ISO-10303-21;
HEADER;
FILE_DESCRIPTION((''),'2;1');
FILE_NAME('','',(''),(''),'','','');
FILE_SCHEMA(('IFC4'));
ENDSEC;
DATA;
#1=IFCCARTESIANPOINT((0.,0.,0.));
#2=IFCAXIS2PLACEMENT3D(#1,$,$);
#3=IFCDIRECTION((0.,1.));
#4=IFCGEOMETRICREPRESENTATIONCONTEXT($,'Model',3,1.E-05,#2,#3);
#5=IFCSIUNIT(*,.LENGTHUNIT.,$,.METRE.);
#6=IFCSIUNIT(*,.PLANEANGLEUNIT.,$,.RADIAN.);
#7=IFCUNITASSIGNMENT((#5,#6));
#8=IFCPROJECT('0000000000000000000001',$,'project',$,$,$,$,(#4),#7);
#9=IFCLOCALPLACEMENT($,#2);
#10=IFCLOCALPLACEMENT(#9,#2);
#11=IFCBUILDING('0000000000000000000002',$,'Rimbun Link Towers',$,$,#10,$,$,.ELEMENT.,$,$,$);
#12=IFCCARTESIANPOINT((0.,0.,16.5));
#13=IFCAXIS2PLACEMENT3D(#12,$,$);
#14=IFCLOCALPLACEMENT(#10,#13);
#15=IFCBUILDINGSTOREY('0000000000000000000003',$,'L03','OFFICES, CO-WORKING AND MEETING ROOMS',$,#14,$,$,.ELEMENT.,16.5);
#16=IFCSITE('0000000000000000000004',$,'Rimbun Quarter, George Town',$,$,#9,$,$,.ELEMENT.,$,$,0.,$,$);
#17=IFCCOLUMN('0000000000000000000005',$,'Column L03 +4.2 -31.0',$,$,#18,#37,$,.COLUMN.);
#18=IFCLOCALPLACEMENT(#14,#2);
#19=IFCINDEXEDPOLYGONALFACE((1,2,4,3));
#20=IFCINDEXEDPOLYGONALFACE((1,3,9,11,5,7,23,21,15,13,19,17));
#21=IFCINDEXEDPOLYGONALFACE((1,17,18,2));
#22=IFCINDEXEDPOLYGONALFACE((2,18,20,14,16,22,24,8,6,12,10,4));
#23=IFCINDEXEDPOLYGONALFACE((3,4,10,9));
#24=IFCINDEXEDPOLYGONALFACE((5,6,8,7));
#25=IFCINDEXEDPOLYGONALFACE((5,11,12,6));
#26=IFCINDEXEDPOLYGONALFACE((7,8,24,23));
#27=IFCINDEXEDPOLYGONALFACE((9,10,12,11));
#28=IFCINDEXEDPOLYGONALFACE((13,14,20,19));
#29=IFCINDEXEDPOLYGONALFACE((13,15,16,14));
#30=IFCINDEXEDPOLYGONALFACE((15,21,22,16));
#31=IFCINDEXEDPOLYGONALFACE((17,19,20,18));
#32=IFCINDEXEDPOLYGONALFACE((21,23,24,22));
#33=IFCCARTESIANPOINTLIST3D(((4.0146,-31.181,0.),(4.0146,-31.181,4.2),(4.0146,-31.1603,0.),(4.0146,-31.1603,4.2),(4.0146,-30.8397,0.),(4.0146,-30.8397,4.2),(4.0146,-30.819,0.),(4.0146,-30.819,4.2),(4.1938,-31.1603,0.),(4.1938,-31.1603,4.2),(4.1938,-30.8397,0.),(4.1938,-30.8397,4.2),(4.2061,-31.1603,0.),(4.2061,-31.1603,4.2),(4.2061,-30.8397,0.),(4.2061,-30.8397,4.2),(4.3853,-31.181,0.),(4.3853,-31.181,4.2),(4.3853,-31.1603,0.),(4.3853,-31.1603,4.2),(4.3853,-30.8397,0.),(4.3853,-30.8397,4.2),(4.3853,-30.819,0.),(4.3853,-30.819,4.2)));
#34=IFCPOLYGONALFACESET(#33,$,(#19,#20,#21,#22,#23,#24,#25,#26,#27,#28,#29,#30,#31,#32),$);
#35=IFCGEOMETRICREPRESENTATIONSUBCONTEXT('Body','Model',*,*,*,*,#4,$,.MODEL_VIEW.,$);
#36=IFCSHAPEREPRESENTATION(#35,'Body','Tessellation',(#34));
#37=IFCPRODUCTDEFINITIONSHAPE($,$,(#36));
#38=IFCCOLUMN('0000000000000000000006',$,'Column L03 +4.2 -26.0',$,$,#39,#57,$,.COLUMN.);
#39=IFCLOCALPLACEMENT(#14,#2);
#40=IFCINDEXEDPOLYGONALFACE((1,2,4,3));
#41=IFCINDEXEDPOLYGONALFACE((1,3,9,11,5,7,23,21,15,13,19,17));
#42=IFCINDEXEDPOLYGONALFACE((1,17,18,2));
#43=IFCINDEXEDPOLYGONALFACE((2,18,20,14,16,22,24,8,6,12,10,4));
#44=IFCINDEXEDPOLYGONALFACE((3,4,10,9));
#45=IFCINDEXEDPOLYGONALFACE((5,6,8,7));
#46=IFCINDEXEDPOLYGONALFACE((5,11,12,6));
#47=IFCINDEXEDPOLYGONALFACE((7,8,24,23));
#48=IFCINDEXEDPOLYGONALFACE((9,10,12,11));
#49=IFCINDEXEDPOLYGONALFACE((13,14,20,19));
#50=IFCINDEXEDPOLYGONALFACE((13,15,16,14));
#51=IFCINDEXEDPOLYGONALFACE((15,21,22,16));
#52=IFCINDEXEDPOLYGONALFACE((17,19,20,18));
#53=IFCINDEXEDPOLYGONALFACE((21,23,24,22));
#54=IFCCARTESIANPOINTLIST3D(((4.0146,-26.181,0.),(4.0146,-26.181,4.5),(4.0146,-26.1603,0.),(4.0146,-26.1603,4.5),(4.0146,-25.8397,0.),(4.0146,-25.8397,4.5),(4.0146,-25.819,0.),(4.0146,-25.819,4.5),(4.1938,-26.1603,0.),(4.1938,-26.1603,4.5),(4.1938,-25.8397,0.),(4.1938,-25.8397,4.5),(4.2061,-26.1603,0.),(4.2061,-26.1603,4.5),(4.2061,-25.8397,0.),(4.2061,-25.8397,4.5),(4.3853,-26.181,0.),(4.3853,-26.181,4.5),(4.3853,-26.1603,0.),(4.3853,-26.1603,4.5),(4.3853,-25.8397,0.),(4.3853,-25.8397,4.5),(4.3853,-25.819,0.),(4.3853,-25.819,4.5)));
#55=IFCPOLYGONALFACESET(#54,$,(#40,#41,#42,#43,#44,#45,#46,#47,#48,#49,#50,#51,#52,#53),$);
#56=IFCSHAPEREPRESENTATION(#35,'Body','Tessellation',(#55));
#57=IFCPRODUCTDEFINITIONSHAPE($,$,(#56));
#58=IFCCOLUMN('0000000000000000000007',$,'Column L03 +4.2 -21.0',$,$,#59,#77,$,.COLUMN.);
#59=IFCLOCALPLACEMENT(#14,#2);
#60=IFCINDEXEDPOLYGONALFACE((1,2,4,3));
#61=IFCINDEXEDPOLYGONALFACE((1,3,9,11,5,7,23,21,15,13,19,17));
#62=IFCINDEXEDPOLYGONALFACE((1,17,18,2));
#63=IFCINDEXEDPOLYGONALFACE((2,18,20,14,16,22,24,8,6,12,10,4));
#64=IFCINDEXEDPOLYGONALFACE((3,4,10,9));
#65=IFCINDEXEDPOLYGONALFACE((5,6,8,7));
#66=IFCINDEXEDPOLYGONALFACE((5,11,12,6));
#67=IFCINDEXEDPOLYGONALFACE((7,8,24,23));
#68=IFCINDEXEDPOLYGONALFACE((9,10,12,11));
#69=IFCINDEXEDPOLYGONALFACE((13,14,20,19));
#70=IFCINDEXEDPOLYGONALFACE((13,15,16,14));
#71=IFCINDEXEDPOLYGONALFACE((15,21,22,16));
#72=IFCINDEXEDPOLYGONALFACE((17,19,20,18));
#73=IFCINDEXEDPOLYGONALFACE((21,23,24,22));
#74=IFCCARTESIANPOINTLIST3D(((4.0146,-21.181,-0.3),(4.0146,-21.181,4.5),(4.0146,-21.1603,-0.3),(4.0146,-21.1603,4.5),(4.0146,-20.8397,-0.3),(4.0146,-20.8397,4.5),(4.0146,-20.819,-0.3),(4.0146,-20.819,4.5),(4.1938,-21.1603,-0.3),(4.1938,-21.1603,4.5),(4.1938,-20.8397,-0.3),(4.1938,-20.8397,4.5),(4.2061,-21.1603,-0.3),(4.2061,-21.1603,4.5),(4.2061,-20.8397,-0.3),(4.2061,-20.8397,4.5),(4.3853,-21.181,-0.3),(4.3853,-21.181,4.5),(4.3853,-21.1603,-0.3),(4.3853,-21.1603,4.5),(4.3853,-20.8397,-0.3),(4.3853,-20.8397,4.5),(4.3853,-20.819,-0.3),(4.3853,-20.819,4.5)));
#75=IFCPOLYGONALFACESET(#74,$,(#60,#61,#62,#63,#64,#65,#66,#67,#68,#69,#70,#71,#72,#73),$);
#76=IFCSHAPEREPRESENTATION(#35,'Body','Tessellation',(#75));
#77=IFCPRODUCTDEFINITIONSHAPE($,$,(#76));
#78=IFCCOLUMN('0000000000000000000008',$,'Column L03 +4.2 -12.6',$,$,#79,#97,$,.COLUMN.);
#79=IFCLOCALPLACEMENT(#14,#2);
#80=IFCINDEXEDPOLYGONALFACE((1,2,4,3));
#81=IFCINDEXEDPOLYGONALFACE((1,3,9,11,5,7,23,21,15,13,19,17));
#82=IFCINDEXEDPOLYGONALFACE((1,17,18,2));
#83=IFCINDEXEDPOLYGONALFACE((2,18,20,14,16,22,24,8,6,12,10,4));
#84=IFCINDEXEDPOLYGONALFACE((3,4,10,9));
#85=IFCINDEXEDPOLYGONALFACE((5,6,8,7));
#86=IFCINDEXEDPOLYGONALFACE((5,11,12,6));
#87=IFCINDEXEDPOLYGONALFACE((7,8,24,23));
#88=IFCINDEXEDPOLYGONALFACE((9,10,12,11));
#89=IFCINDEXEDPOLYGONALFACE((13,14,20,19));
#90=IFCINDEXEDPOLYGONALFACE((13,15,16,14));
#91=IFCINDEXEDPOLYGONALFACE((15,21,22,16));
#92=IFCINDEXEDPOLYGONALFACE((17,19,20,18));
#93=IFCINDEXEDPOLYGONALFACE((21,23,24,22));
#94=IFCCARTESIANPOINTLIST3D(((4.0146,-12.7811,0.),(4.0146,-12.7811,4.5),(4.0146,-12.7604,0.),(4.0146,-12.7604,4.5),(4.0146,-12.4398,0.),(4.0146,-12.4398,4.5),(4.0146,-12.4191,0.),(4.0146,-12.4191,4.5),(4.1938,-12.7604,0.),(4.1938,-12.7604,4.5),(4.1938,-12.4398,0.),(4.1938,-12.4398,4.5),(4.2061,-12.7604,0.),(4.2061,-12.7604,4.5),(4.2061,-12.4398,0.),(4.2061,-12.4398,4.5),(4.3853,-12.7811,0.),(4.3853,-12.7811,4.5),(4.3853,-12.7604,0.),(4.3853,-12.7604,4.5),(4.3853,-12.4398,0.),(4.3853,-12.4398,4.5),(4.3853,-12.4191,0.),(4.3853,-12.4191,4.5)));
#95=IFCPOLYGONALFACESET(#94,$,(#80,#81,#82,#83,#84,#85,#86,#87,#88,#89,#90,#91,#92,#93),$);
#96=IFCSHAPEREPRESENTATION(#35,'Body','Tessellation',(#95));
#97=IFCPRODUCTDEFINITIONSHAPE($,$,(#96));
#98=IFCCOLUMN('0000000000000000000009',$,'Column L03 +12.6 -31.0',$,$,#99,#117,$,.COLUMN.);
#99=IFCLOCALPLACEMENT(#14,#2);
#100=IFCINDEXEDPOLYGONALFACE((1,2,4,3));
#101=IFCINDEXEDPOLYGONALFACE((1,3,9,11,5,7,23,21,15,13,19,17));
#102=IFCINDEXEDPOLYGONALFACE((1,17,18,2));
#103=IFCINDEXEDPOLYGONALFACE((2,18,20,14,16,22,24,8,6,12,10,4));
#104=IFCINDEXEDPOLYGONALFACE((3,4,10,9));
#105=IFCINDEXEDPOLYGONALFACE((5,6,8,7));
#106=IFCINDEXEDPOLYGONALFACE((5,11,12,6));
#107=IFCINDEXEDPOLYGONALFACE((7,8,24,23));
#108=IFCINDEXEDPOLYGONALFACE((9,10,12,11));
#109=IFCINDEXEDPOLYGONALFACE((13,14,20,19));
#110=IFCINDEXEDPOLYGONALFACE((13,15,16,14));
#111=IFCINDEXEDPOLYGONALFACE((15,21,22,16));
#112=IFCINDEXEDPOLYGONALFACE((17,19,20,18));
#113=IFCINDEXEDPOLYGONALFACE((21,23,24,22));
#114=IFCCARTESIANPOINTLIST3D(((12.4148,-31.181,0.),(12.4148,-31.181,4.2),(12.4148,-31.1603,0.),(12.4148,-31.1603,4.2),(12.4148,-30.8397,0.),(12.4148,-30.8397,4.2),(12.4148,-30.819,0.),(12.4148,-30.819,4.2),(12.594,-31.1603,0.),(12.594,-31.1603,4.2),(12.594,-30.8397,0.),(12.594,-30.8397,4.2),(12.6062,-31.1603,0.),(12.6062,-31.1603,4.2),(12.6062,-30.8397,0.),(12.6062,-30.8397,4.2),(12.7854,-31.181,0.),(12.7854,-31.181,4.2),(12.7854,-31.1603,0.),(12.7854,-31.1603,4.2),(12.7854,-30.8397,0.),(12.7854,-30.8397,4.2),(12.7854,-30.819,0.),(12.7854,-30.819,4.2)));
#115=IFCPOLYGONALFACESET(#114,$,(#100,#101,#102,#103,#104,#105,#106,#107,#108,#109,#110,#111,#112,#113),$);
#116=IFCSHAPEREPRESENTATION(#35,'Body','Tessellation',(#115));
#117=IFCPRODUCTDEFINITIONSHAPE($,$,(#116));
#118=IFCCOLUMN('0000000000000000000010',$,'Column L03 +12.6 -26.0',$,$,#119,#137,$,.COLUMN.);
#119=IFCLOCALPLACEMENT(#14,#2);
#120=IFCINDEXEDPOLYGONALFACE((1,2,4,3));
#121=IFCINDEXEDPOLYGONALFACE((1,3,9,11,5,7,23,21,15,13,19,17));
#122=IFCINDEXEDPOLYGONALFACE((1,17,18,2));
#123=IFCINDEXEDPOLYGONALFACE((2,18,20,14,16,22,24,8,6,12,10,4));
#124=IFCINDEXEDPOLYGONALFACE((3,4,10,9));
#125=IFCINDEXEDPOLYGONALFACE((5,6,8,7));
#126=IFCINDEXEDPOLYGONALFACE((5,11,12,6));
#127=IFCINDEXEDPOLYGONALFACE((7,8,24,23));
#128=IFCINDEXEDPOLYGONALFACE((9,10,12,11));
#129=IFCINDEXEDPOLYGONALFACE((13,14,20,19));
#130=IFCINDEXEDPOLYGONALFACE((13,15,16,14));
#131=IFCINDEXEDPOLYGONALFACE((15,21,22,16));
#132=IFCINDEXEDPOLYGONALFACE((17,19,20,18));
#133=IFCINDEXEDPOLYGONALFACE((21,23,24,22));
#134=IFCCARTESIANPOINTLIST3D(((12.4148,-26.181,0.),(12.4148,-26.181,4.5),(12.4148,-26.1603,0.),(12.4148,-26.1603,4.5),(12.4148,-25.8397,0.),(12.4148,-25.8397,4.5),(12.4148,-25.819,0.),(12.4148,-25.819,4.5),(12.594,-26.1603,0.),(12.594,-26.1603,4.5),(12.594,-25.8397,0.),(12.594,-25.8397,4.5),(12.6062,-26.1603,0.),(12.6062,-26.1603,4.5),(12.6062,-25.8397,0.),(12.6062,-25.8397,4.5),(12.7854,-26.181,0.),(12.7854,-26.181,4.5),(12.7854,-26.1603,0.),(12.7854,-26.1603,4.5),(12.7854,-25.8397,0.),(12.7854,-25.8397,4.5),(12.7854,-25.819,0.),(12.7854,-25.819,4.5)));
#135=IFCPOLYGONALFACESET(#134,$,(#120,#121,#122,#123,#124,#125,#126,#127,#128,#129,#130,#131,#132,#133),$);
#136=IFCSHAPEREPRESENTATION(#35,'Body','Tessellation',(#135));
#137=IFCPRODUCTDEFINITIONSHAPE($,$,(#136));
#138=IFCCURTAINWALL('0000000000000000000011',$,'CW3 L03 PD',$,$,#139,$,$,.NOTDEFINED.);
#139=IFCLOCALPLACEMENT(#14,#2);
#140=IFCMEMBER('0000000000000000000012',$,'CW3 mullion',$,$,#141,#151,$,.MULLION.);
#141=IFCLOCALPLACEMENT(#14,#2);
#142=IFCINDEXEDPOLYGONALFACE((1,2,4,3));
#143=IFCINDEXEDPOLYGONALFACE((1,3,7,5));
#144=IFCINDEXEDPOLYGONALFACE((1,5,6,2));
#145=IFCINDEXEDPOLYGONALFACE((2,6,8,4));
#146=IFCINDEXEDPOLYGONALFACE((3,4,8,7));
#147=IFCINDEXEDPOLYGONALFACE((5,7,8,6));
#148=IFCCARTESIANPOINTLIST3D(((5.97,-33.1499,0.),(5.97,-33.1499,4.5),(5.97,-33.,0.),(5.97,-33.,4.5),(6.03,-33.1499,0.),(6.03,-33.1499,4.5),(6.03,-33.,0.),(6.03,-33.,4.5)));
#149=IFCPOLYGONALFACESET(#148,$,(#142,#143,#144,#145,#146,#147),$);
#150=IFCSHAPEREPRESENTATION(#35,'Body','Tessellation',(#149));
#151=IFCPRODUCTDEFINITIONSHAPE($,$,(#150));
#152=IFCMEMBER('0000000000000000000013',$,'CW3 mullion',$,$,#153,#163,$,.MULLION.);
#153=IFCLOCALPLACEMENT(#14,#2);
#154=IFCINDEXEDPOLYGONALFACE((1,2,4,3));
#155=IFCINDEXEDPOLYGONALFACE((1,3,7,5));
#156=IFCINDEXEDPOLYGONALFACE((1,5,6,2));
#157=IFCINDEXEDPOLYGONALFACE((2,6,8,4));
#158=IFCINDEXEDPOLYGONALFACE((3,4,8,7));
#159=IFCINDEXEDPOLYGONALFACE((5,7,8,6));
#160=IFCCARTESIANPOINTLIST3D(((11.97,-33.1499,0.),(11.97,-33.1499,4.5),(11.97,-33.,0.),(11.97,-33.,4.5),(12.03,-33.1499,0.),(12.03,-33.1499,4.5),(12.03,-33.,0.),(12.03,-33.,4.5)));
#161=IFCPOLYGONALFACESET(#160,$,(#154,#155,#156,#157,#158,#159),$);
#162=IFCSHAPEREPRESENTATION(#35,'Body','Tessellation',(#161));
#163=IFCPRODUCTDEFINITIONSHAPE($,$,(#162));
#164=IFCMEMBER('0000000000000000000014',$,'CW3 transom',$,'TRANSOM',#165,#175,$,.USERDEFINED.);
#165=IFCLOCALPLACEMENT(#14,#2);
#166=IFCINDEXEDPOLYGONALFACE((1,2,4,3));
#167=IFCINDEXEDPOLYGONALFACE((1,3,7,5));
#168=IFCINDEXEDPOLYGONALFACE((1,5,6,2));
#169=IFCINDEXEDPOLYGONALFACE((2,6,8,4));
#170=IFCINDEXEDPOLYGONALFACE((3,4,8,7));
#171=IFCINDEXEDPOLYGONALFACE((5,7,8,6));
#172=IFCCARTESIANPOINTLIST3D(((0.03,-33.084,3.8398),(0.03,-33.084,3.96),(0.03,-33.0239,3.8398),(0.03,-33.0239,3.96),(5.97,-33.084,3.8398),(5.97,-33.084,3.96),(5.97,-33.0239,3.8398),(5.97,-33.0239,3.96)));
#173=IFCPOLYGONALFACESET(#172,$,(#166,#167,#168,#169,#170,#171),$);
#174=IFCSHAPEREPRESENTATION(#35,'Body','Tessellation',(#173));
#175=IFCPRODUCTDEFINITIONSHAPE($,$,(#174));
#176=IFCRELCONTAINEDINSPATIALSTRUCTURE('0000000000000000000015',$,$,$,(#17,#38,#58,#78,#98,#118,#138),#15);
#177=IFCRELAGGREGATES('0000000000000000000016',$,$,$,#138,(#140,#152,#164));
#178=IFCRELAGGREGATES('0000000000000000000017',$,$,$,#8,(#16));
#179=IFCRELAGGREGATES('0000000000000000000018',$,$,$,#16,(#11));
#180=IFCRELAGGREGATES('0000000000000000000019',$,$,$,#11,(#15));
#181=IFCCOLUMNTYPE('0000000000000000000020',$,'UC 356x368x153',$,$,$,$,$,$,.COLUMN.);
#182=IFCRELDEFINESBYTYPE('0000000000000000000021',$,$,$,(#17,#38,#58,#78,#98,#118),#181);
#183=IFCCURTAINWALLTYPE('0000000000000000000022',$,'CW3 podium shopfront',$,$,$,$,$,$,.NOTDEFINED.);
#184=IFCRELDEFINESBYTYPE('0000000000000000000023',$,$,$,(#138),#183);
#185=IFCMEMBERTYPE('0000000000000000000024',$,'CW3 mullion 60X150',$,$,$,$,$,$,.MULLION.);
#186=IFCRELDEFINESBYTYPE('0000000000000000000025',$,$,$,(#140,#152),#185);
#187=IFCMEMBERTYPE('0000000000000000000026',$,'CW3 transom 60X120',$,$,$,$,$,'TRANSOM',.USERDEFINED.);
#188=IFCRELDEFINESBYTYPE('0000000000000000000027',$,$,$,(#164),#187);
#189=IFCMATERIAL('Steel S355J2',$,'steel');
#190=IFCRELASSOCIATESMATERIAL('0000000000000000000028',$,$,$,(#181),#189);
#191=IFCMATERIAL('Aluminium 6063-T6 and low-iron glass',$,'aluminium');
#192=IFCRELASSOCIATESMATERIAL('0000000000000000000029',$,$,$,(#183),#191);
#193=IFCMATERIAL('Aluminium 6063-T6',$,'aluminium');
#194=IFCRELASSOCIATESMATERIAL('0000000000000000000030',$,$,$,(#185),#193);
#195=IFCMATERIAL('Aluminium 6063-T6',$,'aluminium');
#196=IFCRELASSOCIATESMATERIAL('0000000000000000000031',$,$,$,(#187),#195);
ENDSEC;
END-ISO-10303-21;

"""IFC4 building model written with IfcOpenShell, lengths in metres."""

from ifc_helpers import new_model, si_unit, direction, frame, origin, origin_2d, place, context, subcontext, project, spatial, rectangle, i_section, extrude, material, material_profile, profile_set, type_object, element, aggregate, save


model = new_model("IFC4")

# Units and contexts
model_context = context("Model", 3, precision=1e-05, world=origin(), true_north=direction((0.0, 1.0)))
body_context = subcontext(model_context, "Body", "Model", "MODEL_VIEW")
ifc_project = project(units=[si_unit("LENGTHUNIT", "METRE"), si_unit("PLANEANGLEUNIT", "RADIAN")], contexts=[model_context])

# Site, building, storey
site_placement = place(None, origin())
site = spatial("IfcSite", under=ifc_project, at=site_placement, Name="Rimbun Quarter, George Town", CompositionType="ELEMENT", RefElevation=0.0)
building_placement = place(site_placement, origin())
building = spatial("IfcBuilding", under=site, at=building_placement, Name="Rimbun Link Towers", CompositionType="ELEMENT")
storey_placement = place(building_placement, frame((0.0, 0.0, 16.5)))
storey = spatial("IfcBuildingStorey", under=building, at=storey_placement, Name="L03", Description="OFFICES, CO-WORKING AND MEETING ROOMS", CompositionType="ELEMENT", Elevation=16.5)

# Columns
ifc_material_1 = material(Name="Steel S355J2", Category="steel")
ifc_material_profile_1 = material_profile(ifc_material_1, i_section(OverallWidth=0.3706, OverallDepth=0.3621, WebThickness=0.0122, FlangeThickness=0.0208, at=origin_2d()), Name="UC 356x368x153")
ifc_profile_set_1 = profile_set([ifc_material_profile_1], Name="Steel S355J2")
column_type = type_object("IfcColumnType", Name="UC 356x368x153", PredefinedType="COLUMN", material=ifc_profile_set_1)
column_1_placement = place(storey_placement, frame((4.2, -31.0, 0.0), z_axis=(0.0, 0.0, 1.0), x_axis=(1.0, 0.0, 0.0)))
element("IfcColumn", 1, at=column_1_placement, inside=storey, type_object=column_type, Name="Column L03 +4.2 -31.0", PredefinedType="COLUMN", context=body_context, shape_type="SweptSolid", body=[
    extrude(i_section(OverallWidth=0.3706, OverallDepth=0.3621, WebThickness=0.0122, FlangeThickness=0.0208, at=origin_2d()), origin(), (0.0, 0.0, 1.0), 4.2),
])
column_2_placement = place(storey_placement, frame((4.2, -26.0, 0.0), z_axis=(0.0, 0.0, 1.0), x_axis=(1.0, 0.0, 0.0)))
element("IfcColumn", 2, at=column_2_placement, inside=storey, type_object=column_type, Name="Column L03 +4.2 -26.0", PredefinedType="COLUMN", context=body_context, shape_type="SweptSolid", body=[
    extrude(i_section(OverallWidth=0.3706, OverallDepth=0.3621, WebThickness=0.0122, FlangeThickness=0.0208, at=origin_2d()), origin(), (0.0, 0.0, 1.0), 4.5),
])
column_3_placement = place(storey_placement, frame((4.2, -21.0, -0.3), z_axis=(0.0, 0.0, 1.0), x_axis=(1.0, 0.0, 0.0)))
element("IfcColumn", 3, at=column_3_placement, inside=storey, type_object=column_type, Name="Column L03 +4.2 -21.0", PredefinedType="COLUMN", context=body_context, shape_type="SweptSolid", body=[
    extrude(i_section(OverallWidth=0.3706, OverallDepth=0.3621, WebThickness=0.0122, FlangeThickness=0.0208, at=origin_2d()), origin(), (0.0, 0.0, 1.0), 4.8),
])
column_4_placement = place(storey_placement, frame((4.2, -12.6001, 0.0), z_axis=(0.0, 0.0, 1.0), x_axis=(1.0, 0.0, 0.0)))
element("IfcColumn", 4, at=column_4_placement, inside=storey, type_object=column_type, Name="Column L03 +4.2 -12.6", PredefinedType="COLUMN", context=body_context, shape_type="SweptSolid", body=[
    extrude(i_section(OverallWidth=0.3706, OverallDepth=0.3621, WebThickness=0.0122, FlangeThickness=0.0208, at=origin_2d()), origin(), (0.0, 0.0, 1.0), 4.5),
])
column_5_placement = place(storey_placement, frame((12.6001, -31.0, 0.0), z_axis=(0.0, 0.0, 1.0), x_axis=(1.0, 0.0, 0.0)))
element("IfcColumn", 5, at=column_5_placement, inside=storey, type_object=column_type, Name="Column L03 +12.6 -31.0", PredefinedType="COLUMN", context=body_context, shape_type="SweptSolid", body=[
    extrude(i_section(OverallWidth=0.3706, OverallDepth=0.3621, WebThickness=0.0122, FlangeThickness=0.0208, at=origin_2d()), origin(), (0.0, 0.0, 1.0), 4.2),
])
column_6_placement = place(storey_placement, frame((12.6001, -26.0, 0.0), z_axis=(0.0, 0.0, 1.0), x_axis=(1.0, 0.0, 0.0)))
element("IfcColumn", 6, at=column_6_placement, inside=storey, type_object=column_type, Name="Column L03 +12.6 -26.0", PredefinedType="COLUMN", context=body_context, shape_type="SweptSolid", body=[
    extrude(i_section(OverallWidth=0.3706, OverallDepth=0.3621, WebThickness=0.0122, FlangeThickness=0.0208, at=origin_2d()), origin(), (0.0, 0.0, 1.0), 4.5),
])

# Curtain wall, members
ifc_material_2 = material(Name="Aluminium 6063-T6 and low-iron glass", Category="aluminium")
curtain_wall_type = type_object("IfcCurtainWallType", Name="CW3 podium shopfront", PredefinedType="NOTDEFINED", material=ifc_material_2)
curtain_wall_placement = place(storey_placement, origin())
curtain_wall = element("IfcCurtainWall", 7, at=curtain_wall_placement, inside=storey, type_object=curtain_wall_type, Name="CW3 L03 PD", PredefinedType="NOTDEFINED")
ifc_material_3 = material(Name="Aluminium 6063-T6", Category="aluminium")
ifc_material_profile_2 = material_profile(ifc_material_3, rectangle(XDim=0.1499, YDim=0.0601, at=origin_2d()), Name="MULLION 60X150")
ifc_profile_set_2 = profile_set([ifc_material_profile_2], Name="Aluminium 6063-T6")
member_type_1 = type_object("IfcMemberType", Name="CW3 mullion 60X150", PredefinedType="MULLION", material=ifc_profile_set_2)
member_1_placement = place(storey_placement, frame((6.0, -33.075, 0.0), z_axis=(0.0, 0.0, 1.0), x_axis=(0.0, -1.0, 0.0)))
member_1 = element("IfcMember", 8, at=member_1_placement, type_object=member_type_1, Name="CW3 mullion", PredefinedType="MULLION", context=body_context, shape_type="SweptSolid", body=[
    extrude(rectangle(XDim=0.1499, YDim=0.0601, at=origin_2d()), origin(), (0.0, 0.0, 1.0), 4.5),
])
member_2_placement = place(storey_placement, frame((12.0, -33.075, 0.0), z_axis=(0.0, 0.0, 1.0), x_axis=(0.0, -1.0, 0.0)))
member_2 = element("IfcMember", 9, at=member_2_placement, type_object=member_type_1, Name="CW3 mullion", PredefinedType="MULLION", context=body_context, shape_type="SweptSolid", body=[
    extrude(rectangle(XDim=0.1499, YDim=0.0601, at=origin_2d()), origin(), (0.0, 0.0, 1.0), 4.5),
])
ifc_material_4 = material(Name="Aluminium 6063-T6", Category="aluminium")
ifc_material_profile_3 = material_profile(ifc_material_4, rectangle(XDim=0.0601, YDim=0.1201, at=origin_2d()), Name="TRANSOM 60X120")
ifc_profile_set_3 = profile_set([ifc_material_profile_3], Name="Aluminium 6063-T6")
member_type_2 = type_object("IfcMemberType", Name="CW3 transom 60X120", ElementType="TRANSOM", PredefinedType="USERDEFINED", material=ifc_profile_set_3)
member_3_placement = place(storey_placement, frame((5.97, -33.054, 3.8999), z_axis=(-1.0, 0.0, 0.0), x_axis=(0.0, -1.0, 0.0)))
member_3 = element("IfcMember", 10, at=member_3_placement, type_object=member_type_2, Name="CW3 transom", ObjectType="TRANSOM", PredefinedType="USERDEFINED", context=body_context, shape_type="SweptSolid", body=[
    extrude(rectangle(XDim=0.0601, YDim=0.1201, at=origin_2d()), origin(), (0.0, 0.0, 1.0), 5.9399),
])

aggregate(curtain_wall, [member_1, member_2, member_3])

save(model, "model.ifc")
